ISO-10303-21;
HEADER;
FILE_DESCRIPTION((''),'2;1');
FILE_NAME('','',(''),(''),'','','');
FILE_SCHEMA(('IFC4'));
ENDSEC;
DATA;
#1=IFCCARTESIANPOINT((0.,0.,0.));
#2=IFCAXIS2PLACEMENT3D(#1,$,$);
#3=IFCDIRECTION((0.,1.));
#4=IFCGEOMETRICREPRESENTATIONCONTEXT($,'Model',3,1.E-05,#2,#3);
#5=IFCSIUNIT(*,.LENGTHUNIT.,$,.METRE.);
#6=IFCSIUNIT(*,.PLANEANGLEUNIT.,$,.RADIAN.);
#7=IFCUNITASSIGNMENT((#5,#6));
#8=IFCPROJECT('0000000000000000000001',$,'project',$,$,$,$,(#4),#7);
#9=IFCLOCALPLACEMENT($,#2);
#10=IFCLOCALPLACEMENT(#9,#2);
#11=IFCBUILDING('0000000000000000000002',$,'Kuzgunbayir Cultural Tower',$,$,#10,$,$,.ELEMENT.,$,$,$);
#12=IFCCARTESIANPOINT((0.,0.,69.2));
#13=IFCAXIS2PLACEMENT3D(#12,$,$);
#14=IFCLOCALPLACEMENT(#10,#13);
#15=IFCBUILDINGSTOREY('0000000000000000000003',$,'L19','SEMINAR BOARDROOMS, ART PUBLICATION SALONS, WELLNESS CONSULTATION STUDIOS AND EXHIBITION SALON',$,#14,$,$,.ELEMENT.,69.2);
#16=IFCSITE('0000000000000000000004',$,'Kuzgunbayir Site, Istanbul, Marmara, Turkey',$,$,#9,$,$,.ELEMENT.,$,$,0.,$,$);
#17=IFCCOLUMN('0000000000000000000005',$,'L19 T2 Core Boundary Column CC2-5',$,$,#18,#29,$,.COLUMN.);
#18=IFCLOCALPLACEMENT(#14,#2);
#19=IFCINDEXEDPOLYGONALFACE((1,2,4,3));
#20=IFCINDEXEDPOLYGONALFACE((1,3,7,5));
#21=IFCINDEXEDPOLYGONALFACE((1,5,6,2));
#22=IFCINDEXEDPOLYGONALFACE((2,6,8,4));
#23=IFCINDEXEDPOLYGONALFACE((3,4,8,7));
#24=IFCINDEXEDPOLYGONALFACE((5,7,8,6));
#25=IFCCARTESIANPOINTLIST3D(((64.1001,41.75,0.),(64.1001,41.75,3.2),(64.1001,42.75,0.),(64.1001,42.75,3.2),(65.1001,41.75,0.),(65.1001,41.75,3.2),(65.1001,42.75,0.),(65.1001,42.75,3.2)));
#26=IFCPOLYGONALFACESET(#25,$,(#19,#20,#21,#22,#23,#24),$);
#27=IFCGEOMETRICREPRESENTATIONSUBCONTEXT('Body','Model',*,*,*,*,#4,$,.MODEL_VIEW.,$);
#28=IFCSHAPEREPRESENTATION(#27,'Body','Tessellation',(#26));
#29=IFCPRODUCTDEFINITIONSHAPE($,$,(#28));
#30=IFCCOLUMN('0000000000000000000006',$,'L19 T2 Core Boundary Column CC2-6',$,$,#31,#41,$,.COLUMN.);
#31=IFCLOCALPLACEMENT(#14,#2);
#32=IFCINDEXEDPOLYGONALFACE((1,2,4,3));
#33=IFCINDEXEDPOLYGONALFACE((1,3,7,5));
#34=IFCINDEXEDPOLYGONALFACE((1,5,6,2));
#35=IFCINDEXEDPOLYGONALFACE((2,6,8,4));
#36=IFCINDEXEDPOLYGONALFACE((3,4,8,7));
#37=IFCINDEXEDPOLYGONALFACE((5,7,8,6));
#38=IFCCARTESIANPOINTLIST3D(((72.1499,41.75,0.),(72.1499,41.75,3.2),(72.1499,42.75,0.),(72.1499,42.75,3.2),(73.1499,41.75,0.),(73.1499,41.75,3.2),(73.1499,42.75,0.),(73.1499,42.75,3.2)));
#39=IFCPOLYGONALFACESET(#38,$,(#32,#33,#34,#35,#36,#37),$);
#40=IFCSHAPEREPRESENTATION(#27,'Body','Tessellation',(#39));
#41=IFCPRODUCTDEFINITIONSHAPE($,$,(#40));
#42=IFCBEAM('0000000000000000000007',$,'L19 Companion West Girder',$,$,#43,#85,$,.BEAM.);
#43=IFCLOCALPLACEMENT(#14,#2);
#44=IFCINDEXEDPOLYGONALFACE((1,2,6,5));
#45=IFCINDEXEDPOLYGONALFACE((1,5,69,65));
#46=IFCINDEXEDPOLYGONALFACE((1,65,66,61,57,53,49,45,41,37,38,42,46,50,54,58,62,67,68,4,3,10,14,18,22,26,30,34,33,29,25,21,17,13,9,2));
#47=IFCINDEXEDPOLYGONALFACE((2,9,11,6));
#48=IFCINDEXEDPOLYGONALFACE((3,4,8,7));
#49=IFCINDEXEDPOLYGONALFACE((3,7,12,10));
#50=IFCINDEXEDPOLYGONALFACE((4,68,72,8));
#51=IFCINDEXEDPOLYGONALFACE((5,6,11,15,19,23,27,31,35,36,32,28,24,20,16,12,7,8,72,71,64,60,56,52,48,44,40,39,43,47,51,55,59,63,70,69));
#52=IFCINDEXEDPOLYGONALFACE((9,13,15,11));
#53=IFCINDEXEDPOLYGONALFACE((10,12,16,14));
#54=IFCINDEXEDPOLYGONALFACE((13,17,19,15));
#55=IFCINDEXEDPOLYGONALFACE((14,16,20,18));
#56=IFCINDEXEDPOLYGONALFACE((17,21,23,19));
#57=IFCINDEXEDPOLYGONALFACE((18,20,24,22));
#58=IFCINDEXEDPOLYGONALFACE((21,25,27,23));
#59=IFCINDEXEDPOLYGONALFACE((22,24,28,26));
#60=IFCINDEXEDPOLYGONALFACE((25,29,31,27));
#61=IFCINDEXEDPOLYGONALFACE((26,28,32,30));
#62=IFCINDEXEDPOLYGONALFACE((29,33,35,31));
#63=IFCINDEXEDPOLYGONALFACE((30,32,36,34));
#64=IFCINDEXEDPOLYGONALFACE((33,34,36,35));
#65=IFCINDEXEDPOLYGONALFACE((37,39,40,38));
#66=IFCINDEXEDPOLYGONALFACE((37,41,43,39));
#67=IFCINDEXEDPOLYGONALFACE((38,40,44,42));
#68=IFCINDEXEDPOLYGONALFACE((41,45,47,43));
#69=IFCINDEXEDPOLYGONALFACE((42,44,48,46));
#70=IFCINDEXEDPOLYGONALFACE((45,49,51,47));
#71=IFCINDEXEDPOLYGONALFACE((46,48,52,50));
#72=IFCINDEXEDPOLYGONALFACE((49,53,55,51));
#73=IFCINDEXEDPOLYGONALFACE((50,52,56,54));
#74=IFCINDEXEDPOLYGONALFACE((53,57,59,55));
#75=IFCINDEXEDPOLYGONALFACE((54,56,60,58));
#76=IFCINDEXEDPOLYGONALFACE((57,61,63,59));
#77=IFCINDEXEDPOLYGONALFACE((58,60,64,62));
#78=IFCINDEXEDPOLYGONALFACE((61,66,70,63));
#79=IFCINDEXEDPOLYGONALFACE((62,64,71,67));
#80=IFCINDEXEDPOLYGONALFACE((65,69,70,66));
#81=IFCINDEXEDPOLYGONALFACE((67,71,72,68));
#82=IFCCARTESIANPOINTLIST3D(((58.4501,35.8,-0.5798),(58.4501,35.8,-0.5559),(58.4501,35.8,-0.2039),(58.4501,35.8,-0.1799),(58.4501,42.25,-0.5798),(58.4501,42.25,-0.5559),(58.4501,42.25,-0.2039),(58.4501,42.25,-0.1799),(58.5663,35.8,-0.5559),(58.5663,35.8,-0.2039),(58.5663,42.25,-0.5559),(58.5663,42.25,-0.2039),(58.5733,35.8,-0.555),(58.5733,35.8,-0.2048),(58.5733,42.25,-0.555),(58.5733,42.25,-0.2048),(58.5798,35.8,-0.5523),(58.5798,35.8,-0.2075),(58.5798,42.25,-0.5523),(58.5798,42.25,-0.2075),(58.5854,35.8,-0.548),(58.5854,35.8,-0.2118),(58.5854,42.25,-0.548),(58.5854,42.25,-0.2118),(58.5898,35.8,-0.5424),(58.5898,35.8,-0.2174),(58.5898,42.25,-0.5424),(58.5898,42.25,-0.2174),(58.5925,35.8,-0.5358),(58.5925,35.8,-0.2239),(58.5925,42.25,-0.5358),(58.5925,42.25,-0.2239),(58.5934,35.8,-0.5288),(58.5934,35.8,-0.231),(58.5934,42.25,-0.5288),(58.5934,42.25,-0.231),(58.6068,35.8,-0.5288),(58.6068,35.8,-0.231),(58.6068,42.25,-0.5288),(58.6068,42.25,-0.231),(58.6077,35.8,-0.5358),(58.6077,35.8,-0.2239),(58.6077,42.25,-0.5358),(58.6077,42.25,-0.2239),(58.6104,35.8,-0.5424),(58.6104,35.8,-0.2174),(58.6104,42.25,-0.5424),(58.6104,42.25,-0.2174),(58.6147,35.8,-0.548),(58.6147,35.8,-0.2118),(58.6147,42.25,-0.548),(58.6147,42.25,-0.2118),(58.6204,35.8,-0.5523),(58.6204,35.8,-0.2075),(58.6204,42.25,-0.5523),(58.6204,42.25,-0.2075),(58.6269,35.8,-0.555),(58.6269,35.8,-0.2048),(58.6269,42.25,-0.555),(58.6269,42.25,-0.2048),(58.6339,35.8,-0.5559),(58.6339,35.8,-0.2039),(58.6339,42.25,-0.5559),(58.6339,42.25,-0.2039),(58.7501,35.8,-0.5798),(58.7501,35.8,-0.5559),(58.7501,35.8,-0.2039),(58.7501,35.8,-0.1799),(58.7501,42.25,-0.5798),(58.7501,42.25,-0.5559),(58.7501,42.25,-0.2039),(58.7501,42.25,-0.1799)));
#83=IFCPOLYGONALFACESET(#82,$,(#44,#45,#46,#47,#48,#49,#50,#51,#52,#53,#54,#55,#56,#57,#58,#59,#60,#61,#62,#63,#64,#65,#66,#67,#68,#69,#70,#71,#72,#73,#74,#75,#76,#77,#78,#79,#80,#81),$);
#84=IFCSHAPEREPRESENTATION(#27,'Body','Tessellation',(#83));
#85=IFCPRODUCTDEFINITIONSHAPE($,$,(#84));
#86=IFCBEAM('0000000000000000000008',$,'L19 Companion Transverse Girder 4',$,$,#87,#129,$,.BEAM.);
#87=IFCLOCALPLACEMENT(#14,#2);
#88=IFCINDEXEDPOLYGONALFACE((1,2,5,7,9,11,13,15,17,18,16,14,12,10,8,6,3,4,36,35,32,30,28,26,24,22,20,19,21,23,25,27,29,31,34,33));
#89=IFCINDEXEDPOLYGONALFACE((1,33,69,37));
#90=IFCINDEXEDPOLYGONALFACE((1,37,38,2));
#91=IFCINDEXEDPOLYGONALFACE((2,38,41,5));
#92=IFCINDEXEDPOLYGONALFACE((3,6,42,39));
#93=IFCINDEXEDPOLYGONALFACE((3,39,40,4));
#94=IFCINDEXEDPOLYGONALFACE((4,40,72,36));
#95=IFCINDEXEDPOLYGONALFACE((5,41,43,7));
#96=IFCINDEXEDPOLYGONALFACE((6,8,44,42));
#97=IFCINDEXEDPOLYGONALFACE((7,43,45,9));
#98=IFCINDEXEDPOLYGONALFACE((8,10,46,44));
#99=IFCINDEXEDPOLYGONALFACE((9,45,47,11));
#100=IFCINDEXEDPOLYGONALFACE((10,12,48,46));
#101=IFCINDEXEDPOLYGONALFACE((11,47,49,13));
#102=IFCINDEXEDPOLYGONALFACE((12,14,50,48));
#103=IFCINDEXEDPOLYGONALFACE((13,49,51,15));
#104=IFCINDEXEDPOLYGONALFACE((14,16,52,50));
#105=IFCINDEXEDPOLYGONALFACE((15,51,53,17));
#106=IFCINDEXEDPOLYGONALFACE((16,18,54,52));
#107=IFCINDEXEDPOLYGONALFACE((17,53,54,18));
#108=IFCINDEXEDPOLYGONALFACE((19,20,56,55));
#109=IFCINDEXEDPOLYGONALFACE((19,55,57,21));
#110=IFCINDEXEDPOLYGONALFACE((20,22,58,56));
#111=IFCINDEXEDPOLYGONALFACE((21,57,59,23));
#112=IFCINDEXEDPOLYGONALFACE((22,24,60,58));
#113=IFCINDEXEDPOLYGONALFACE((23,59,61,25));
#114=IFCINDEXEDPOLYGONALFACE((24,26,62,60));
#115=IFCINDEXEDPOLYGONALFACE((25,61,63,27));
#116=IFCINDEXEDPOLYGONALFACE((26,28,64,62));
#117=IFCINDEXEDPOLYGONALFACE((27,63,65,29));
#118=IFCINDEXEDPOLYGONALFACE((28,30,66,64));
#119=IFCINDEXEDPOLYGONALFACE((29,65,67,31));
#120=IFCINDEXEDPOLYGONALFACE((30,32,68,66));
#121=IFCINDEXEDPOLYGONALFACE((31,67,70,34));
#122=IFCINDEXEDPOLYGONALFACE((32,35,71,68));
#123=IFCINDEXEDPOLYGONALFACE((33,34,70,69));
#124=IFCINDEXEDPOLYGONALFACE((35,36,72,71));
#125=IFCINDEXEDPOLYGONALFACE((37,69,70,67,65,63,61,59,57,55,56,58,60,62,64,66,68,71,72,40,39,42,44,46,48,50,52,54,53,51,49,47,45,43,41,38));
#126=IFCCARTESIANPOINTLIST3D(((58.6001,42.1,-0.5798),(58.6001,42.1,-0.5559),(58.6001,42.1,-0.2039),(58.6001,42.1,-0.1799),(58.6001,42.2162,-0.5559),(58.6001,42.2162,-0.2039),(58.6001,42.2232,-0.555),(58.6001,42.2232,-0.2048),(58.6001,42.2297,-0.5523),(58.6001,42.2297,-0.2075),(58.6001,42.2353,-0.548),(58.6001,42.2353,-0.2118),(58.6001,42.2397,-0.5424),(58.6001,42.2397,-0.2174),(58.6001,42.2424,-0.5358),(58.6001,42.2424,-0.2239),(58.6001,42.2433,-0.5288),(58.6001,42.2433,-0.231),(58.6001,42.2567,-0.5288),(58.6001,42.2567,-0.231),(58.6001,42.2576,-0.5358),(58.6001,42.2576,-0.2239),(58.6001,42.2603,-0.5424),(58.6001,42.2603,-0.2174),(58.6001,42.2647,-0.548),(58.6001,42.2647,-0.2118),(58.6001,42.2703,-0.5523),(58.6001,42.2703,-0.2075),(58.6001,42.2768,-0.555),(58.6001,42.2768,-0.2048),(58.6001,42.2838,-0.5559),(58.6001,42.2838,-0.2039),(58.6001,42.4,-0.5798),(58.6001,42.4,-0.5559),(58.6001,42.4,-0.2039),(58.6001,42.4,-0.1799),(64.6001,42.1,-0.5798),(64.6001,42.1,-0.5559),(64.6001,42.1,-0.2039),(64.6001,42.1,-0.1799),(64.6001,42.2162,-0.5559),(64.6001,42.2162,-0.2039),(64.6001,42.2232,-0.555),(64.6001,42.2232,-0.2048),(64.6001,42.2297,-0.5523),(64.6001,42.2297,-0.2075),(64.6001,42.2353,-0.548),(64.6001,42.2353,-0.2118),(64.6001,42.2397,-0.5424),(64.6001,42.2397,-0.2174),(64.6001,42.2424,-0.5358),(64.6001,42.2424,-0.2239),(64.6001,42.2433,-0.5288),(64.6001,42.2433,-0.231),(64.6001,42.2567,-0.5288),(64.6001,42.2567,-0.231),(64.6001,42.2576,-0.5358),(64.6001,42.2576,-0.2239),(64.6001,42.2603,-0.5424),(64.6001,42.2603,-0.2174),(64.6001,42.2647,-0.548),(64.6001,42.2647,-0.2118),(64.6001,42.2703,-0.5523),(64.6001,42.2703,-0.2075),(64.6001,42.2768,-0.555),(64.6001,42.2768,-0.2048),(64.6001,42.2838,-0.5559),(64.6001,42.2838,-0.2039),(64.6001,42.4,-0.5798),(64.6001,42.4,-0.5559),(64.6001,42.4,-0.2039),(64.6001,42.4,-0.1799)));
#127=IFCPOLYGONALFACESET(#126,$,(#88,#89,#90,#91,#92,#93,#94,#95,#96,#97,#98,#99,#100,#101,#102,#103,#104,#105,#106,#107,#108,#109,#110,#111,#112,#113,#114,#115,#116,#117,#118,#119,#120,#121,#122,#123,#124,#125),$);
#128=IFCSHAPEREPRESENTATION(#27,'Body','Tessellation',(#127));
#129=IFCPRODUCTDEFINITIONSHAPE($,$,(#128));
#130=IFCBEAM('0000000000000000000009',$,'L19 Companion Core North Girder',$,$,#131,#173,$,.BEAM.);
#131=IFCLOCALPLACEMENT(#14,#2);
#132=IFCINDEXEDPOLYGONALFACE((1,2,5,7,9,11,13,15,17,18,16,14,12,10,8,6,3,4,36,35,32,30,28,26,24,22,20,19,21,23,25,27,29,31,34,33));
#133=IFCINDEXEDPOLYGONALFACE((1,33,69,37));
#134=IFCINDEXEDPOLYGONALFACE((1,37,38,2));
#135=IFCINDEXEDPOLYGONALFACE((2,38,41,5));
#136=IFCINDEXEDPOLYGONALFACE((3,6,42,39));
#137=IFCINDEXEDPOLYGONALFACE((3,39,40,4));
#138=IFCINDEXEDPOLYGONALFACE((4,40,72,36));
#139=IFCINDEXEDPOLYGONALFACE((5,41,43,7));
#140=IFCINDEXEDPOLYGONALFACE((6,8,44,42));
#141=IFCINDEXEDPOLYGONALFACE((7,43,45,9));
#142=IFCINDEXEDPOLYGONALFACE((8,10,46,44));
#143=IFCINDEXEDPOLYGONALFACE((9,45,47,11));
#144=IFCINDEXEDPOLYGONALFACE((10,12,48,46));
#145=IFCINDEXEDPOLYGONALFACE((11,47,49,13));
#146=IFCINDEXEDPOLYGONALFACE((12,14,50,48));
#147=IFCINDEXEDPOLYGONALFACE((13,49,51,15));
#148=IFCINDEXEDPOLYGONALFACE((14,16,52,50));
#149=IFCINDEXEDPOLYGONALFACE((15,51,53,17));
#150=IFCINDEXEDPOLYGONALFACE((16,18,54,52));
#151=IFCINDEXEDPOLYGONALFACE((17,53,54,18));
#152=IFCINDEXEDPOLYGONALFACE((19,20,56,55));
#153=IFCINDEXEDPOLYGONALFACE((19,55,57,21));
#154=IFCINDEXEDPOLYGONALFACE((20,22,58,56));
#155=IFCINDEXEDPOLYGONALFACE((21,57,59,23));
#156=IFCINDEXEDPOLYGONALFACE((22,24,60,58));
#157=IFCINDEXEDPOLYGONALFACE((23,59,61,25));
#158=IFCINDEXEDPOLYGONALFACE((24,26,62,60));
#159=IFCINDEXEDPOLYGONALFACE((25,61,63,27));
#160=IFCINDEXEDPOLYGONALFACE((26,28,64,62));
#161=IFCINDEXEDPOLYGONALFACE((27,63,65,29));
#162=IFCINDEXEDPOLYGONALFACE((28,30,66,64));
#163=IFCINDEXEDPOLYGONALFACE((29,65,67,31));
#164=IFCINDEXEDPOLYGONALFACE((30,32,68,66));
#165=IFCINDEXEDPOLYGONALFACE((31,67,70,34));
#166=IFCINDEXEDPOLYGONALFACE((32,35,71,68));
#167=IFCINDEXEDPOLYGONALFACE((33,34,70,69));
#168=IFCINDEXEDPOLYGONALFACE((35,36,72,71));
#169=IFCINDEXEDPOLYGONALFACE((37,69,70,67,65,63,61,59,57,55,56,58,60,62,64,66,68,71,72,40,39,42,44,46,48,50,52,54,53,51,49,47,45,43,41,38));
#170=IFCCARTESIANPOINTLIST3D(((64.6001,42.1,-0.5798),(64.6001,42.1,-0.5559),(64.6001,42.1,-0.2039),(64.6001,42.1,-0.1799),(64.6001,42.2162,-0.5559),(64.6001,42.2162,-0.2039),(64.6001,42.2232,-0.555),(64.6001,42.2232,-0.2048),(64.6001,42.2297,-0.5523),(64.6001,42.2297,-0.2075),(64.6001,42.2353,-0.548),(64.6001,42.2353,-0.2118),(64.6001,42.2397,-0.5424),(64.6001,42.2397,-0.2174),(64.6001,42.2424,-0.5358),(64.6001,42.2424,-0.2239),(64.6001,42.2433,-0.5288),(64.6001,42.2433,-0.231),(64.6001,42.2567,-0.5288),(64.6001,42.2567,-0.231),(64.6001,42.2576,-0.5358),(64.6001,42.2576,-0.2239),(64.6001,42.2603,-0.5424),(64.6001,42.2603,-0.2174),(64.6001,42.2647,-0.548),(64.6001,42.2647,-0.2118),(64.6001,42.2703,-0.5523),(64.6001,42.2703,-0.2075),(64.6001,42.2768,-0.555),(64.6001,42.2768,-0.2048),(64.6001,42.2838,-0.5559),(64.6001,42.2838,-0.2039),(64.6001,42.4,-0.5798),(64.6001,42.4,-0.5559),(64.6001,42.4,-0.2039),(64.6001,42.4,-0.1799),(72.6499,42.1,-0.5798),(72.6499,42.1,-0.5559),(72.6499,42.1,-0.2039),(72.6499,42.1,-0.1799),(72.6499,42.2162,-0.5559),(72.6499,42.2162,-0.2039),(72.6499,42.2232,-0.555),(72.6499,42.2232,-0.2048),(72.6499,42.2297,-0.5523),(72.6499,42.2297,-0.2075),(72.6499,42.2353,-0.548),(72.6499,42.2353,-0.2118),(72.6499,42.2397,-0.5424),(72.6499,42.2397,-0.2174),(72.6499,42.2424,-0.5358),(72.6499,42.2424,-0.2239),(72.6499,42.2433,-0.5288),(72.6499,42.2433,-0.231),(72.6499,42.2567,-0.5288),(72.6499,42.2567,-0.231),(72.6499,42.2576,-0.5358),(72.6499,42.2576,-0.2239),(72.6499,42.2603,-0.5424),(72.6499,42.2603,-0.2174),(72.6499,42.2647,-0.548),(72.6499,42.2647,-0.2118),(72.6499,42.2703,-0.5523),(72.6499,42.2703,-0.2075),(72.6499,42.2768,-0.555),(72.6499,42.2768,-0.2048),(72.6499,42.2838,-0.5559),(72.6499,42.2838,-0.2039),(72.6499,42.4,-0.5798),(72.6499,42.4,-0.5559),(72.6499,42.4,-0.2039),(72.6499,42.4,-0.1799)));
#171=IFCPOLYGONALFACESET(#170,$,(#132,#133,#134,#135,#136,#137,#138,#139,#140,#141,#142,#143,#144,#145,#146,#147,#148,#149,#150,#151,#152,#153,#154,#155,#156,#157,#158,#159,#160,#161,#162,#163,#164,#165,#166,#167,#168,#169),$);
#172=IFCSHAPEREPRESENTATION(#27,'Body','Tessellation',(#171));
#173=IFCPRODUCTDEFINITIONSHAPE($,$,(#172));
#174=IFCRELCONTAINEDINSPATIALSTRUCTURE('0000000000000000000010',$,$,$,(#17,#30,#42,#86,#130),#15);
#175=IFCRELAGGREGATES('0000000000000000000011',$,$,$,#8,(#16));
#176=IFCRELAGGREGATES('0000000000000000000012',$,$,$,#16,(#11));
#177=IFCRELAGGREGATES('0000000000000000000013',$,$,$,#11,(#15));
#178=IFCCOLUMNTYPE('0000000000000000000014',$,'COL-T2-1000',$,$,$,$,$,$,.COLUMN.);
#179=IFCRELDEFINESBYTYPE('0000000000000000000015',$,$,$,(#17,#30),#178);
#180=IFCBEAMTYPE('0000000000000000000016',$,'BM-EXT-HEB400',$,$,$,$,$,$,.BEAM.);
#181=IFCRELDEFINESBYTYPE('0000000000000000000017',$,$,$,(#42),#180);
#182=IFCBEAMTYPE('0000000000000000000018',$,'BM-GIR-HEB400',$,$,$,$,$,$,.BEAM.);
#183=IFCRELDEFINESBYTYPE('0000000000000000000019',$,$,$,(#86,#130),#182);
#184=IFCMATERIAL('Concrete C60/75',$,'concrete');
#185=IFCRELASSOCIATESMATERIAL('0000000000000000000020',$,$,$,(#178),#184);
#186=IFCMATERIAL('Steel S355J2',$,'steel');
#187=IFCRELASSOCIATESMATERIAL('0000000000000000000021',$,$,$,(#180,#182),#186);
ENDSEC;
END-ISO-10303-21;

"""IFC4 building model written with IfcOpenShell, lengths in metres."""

from ifc_helpers import new_model, si_unit, direction, frame, origin, origin_2d, place, context, subcontext, project, spatial, rectangle, i_section, extrude, material, material_profile, profile_set, type_object, element, save


model = new_model("IFC4")

# Units and contexts
model_context = context("Model", 3, precision=1e-05, world=origin(), true_north=direction((0.0, 1.0)))
body_context = subcontext(model_context, "Body", "Model", "MODEL_VIEW")
ifc_project = project(units=[si_unit("LENGTHUNIT", "METRE"), si_unit("PLANEANGLEUNIT", "RADIAN")], contexts=[model_context])

# Site, building, storey
site_placement = place(None, origin())
site = spatial("IfcSite", under=ifc_project, at=site_placement, Name="Kuzgunbayir Site, Istanbul, Marmara, Turkey", CompositionType="ELEMENT", RefElevation=0.0)
building_placement = place(site_placement, origin())
building = spatial("IfcBuilding", under=site, at=building_placement, Name="Kuzgunbayir Cultural Tower", CompositionType="ELEMENT")
storey_placement = place(building_placement, frame((0.0, 0.0, 69.2)))
storey = spatial("IfcBuildingStorey", under=building, at=storey_placement, Name="L19", Description="SEMINAR BOARDROOMS, ART PUBLICATION SALONS, WELLNESS CONSULTATION STUDIOS AND EXHIBITION SALON", CompositionType="ELEMENT", Elevation=69.2)

# Columns
ifc_material_1 = material(Name="Concrete C60/75", Category="concrete")
ifc_material_profile_1 = material_profile(ifc_material_1, rectangle(XDim=1.0, YDim=1.0, at=origin_2d()), Name="RC 1000x1000")
ifc_profile_set_1 = profile_set([ifc_material_profile_1], Name="Concrete C60/75")
column_type = type_object("IfcColumnType", Name="COL-T2-1000", PredefinedType="COLUMN", material=ifc_profile_set_1)
for number, where, z_axis, x_axis, name in (
    (1, (64.6001, 42.25, 0.0), (0.0, 0.0, 1.0), (1.0, 0.0, 0.0), "L19 T2 Core Boundary Column CC2-5"),
    (2, (72.6499, 42.25, 0.0), (0.0, 0.0, 1.0), (1.0, 0.0, 0.0), "L19 T2 Core Boundary Column CC2-6"),
):
    element("IfcColumn", number, at=place(storey_placement, frame(where, z_axis=z_axis, x_axis=x_axis)), inside=storey, type_object=column_type, Name=name, PredefinedType="COLUMN", context=body_context, shape_type="SweptSolid", body=[
        extrude(rectangle(XDim=1.0, YDim=1.0, at=origin_2d()), origin(), (0.0, 0.0, 1.0), 3.2),
    ])

# Beams
ifc_material_2 = material(Name="Steel S355J2", Category="steel")
ifc_material_profile_2 = material_profile(ifc_material_2, i_section(OverallWidth=0.3, OverallDepth=0.3999, WebThickness=0.0134, FlangeThickness=0.0239, FilletRadius=0.0271, at=origin_2d()), Name="HEB 400")
ifc_profile_set_2 = profile_set([ifc_material_profile_2], Name="Steel S355J2")
beam_type_1 = type_object("IfcBeamType", Name="BM-EXT-HEB400", PredefinedType="BEAM", material=ifc_profile_set_2)
beam_1_placement = place(storey_placement, frame((58.6001, 35.8, -0.3799), z_axis=(0.0, 1.0, 0.0), x_axis=(-1.0, 0.0, 0.0)))
element("IfcBeam", 3, at=beam_1_placement, inside=storey, type_object=beam_type_1, Name="L19 Companion West Girder", PredefinedType="BEAM", context=body_context, shape_type="SweptSolid", body=[
    extrude(i_section(OverallWidth=0.3, OverallDepth=0.3999, WebThickness=0.0134, FlangeThickness=0.0239, FilletRadius=0.0271, at=origin_2d()), origin(), (0.0, 0.0, 1.0), 6.45),
])
ifc_material_profile_3 = material_profile(ifc_material_2, i_section(OverallWidth=0.3, OverallDepth=0.3999, WebThickness=0.0134, FlangeThickness=0.0239, FilletRadius=0.0271, at=origin_2d()), Name="HEB 400")
ifc_profile_set_3 = profile_set([ifc_material_profile_3], Name="Steel S355J2")
beam_type_2 = type_object("IfcBeamType", Name="BM-GIR-HEB400", PredefinedType="BEAM", material=ifc_profile_set_3)
beam_2_placement = place(storey_placement, frame((58.6001, 42.25, -0.3799), z_axis=(1.0, 0.0, 0.0), x_axis=(0.0, 1.0, 0.0)))
element("IfcBeam", 4, at=beam_2_placement, inside=storey, type_object=beam_type_2, Name="L19 Companion Transverse Girder 4", PredefinedType="BEAM", context=body_context, shape_type="SweptSolid", body=[
    extrude(i_section(OverallWidth=0.3, OverallDepth=0.3999, WebThickness=0.0134, FlangeThickness=0.0239, FilletRadius=0.0271, at=origin_2d()), origin(), (0.0, 0.0, 1.0), 6.0),
])
beam_3_placement = place(storey_placement, frame((64.6001, 42.25, -0.3799), z_axis=(1.0, 0.0, 0.0), x_axis=(0.0, 1.0, 0.0)))
element("IfcBeam", 5, at=beam_3_placement, inside=storey, type_object=beam_type_2, Name="L19 Companion Core North Girder", PredefinedType="BEAM", context=body_context, shape_type="SweptSolid", body=[
    extrude(i_section(OverallWidth=0.3, OverallDepth=0.3999, WebThickness=0.0134, FlangeThickness=0.0239, FilletRadius=0.0271, at=origin_2d()), origin(), (0.0, 0.0, 1.0), 8.0498),
])

save(model, "model.ifc")
